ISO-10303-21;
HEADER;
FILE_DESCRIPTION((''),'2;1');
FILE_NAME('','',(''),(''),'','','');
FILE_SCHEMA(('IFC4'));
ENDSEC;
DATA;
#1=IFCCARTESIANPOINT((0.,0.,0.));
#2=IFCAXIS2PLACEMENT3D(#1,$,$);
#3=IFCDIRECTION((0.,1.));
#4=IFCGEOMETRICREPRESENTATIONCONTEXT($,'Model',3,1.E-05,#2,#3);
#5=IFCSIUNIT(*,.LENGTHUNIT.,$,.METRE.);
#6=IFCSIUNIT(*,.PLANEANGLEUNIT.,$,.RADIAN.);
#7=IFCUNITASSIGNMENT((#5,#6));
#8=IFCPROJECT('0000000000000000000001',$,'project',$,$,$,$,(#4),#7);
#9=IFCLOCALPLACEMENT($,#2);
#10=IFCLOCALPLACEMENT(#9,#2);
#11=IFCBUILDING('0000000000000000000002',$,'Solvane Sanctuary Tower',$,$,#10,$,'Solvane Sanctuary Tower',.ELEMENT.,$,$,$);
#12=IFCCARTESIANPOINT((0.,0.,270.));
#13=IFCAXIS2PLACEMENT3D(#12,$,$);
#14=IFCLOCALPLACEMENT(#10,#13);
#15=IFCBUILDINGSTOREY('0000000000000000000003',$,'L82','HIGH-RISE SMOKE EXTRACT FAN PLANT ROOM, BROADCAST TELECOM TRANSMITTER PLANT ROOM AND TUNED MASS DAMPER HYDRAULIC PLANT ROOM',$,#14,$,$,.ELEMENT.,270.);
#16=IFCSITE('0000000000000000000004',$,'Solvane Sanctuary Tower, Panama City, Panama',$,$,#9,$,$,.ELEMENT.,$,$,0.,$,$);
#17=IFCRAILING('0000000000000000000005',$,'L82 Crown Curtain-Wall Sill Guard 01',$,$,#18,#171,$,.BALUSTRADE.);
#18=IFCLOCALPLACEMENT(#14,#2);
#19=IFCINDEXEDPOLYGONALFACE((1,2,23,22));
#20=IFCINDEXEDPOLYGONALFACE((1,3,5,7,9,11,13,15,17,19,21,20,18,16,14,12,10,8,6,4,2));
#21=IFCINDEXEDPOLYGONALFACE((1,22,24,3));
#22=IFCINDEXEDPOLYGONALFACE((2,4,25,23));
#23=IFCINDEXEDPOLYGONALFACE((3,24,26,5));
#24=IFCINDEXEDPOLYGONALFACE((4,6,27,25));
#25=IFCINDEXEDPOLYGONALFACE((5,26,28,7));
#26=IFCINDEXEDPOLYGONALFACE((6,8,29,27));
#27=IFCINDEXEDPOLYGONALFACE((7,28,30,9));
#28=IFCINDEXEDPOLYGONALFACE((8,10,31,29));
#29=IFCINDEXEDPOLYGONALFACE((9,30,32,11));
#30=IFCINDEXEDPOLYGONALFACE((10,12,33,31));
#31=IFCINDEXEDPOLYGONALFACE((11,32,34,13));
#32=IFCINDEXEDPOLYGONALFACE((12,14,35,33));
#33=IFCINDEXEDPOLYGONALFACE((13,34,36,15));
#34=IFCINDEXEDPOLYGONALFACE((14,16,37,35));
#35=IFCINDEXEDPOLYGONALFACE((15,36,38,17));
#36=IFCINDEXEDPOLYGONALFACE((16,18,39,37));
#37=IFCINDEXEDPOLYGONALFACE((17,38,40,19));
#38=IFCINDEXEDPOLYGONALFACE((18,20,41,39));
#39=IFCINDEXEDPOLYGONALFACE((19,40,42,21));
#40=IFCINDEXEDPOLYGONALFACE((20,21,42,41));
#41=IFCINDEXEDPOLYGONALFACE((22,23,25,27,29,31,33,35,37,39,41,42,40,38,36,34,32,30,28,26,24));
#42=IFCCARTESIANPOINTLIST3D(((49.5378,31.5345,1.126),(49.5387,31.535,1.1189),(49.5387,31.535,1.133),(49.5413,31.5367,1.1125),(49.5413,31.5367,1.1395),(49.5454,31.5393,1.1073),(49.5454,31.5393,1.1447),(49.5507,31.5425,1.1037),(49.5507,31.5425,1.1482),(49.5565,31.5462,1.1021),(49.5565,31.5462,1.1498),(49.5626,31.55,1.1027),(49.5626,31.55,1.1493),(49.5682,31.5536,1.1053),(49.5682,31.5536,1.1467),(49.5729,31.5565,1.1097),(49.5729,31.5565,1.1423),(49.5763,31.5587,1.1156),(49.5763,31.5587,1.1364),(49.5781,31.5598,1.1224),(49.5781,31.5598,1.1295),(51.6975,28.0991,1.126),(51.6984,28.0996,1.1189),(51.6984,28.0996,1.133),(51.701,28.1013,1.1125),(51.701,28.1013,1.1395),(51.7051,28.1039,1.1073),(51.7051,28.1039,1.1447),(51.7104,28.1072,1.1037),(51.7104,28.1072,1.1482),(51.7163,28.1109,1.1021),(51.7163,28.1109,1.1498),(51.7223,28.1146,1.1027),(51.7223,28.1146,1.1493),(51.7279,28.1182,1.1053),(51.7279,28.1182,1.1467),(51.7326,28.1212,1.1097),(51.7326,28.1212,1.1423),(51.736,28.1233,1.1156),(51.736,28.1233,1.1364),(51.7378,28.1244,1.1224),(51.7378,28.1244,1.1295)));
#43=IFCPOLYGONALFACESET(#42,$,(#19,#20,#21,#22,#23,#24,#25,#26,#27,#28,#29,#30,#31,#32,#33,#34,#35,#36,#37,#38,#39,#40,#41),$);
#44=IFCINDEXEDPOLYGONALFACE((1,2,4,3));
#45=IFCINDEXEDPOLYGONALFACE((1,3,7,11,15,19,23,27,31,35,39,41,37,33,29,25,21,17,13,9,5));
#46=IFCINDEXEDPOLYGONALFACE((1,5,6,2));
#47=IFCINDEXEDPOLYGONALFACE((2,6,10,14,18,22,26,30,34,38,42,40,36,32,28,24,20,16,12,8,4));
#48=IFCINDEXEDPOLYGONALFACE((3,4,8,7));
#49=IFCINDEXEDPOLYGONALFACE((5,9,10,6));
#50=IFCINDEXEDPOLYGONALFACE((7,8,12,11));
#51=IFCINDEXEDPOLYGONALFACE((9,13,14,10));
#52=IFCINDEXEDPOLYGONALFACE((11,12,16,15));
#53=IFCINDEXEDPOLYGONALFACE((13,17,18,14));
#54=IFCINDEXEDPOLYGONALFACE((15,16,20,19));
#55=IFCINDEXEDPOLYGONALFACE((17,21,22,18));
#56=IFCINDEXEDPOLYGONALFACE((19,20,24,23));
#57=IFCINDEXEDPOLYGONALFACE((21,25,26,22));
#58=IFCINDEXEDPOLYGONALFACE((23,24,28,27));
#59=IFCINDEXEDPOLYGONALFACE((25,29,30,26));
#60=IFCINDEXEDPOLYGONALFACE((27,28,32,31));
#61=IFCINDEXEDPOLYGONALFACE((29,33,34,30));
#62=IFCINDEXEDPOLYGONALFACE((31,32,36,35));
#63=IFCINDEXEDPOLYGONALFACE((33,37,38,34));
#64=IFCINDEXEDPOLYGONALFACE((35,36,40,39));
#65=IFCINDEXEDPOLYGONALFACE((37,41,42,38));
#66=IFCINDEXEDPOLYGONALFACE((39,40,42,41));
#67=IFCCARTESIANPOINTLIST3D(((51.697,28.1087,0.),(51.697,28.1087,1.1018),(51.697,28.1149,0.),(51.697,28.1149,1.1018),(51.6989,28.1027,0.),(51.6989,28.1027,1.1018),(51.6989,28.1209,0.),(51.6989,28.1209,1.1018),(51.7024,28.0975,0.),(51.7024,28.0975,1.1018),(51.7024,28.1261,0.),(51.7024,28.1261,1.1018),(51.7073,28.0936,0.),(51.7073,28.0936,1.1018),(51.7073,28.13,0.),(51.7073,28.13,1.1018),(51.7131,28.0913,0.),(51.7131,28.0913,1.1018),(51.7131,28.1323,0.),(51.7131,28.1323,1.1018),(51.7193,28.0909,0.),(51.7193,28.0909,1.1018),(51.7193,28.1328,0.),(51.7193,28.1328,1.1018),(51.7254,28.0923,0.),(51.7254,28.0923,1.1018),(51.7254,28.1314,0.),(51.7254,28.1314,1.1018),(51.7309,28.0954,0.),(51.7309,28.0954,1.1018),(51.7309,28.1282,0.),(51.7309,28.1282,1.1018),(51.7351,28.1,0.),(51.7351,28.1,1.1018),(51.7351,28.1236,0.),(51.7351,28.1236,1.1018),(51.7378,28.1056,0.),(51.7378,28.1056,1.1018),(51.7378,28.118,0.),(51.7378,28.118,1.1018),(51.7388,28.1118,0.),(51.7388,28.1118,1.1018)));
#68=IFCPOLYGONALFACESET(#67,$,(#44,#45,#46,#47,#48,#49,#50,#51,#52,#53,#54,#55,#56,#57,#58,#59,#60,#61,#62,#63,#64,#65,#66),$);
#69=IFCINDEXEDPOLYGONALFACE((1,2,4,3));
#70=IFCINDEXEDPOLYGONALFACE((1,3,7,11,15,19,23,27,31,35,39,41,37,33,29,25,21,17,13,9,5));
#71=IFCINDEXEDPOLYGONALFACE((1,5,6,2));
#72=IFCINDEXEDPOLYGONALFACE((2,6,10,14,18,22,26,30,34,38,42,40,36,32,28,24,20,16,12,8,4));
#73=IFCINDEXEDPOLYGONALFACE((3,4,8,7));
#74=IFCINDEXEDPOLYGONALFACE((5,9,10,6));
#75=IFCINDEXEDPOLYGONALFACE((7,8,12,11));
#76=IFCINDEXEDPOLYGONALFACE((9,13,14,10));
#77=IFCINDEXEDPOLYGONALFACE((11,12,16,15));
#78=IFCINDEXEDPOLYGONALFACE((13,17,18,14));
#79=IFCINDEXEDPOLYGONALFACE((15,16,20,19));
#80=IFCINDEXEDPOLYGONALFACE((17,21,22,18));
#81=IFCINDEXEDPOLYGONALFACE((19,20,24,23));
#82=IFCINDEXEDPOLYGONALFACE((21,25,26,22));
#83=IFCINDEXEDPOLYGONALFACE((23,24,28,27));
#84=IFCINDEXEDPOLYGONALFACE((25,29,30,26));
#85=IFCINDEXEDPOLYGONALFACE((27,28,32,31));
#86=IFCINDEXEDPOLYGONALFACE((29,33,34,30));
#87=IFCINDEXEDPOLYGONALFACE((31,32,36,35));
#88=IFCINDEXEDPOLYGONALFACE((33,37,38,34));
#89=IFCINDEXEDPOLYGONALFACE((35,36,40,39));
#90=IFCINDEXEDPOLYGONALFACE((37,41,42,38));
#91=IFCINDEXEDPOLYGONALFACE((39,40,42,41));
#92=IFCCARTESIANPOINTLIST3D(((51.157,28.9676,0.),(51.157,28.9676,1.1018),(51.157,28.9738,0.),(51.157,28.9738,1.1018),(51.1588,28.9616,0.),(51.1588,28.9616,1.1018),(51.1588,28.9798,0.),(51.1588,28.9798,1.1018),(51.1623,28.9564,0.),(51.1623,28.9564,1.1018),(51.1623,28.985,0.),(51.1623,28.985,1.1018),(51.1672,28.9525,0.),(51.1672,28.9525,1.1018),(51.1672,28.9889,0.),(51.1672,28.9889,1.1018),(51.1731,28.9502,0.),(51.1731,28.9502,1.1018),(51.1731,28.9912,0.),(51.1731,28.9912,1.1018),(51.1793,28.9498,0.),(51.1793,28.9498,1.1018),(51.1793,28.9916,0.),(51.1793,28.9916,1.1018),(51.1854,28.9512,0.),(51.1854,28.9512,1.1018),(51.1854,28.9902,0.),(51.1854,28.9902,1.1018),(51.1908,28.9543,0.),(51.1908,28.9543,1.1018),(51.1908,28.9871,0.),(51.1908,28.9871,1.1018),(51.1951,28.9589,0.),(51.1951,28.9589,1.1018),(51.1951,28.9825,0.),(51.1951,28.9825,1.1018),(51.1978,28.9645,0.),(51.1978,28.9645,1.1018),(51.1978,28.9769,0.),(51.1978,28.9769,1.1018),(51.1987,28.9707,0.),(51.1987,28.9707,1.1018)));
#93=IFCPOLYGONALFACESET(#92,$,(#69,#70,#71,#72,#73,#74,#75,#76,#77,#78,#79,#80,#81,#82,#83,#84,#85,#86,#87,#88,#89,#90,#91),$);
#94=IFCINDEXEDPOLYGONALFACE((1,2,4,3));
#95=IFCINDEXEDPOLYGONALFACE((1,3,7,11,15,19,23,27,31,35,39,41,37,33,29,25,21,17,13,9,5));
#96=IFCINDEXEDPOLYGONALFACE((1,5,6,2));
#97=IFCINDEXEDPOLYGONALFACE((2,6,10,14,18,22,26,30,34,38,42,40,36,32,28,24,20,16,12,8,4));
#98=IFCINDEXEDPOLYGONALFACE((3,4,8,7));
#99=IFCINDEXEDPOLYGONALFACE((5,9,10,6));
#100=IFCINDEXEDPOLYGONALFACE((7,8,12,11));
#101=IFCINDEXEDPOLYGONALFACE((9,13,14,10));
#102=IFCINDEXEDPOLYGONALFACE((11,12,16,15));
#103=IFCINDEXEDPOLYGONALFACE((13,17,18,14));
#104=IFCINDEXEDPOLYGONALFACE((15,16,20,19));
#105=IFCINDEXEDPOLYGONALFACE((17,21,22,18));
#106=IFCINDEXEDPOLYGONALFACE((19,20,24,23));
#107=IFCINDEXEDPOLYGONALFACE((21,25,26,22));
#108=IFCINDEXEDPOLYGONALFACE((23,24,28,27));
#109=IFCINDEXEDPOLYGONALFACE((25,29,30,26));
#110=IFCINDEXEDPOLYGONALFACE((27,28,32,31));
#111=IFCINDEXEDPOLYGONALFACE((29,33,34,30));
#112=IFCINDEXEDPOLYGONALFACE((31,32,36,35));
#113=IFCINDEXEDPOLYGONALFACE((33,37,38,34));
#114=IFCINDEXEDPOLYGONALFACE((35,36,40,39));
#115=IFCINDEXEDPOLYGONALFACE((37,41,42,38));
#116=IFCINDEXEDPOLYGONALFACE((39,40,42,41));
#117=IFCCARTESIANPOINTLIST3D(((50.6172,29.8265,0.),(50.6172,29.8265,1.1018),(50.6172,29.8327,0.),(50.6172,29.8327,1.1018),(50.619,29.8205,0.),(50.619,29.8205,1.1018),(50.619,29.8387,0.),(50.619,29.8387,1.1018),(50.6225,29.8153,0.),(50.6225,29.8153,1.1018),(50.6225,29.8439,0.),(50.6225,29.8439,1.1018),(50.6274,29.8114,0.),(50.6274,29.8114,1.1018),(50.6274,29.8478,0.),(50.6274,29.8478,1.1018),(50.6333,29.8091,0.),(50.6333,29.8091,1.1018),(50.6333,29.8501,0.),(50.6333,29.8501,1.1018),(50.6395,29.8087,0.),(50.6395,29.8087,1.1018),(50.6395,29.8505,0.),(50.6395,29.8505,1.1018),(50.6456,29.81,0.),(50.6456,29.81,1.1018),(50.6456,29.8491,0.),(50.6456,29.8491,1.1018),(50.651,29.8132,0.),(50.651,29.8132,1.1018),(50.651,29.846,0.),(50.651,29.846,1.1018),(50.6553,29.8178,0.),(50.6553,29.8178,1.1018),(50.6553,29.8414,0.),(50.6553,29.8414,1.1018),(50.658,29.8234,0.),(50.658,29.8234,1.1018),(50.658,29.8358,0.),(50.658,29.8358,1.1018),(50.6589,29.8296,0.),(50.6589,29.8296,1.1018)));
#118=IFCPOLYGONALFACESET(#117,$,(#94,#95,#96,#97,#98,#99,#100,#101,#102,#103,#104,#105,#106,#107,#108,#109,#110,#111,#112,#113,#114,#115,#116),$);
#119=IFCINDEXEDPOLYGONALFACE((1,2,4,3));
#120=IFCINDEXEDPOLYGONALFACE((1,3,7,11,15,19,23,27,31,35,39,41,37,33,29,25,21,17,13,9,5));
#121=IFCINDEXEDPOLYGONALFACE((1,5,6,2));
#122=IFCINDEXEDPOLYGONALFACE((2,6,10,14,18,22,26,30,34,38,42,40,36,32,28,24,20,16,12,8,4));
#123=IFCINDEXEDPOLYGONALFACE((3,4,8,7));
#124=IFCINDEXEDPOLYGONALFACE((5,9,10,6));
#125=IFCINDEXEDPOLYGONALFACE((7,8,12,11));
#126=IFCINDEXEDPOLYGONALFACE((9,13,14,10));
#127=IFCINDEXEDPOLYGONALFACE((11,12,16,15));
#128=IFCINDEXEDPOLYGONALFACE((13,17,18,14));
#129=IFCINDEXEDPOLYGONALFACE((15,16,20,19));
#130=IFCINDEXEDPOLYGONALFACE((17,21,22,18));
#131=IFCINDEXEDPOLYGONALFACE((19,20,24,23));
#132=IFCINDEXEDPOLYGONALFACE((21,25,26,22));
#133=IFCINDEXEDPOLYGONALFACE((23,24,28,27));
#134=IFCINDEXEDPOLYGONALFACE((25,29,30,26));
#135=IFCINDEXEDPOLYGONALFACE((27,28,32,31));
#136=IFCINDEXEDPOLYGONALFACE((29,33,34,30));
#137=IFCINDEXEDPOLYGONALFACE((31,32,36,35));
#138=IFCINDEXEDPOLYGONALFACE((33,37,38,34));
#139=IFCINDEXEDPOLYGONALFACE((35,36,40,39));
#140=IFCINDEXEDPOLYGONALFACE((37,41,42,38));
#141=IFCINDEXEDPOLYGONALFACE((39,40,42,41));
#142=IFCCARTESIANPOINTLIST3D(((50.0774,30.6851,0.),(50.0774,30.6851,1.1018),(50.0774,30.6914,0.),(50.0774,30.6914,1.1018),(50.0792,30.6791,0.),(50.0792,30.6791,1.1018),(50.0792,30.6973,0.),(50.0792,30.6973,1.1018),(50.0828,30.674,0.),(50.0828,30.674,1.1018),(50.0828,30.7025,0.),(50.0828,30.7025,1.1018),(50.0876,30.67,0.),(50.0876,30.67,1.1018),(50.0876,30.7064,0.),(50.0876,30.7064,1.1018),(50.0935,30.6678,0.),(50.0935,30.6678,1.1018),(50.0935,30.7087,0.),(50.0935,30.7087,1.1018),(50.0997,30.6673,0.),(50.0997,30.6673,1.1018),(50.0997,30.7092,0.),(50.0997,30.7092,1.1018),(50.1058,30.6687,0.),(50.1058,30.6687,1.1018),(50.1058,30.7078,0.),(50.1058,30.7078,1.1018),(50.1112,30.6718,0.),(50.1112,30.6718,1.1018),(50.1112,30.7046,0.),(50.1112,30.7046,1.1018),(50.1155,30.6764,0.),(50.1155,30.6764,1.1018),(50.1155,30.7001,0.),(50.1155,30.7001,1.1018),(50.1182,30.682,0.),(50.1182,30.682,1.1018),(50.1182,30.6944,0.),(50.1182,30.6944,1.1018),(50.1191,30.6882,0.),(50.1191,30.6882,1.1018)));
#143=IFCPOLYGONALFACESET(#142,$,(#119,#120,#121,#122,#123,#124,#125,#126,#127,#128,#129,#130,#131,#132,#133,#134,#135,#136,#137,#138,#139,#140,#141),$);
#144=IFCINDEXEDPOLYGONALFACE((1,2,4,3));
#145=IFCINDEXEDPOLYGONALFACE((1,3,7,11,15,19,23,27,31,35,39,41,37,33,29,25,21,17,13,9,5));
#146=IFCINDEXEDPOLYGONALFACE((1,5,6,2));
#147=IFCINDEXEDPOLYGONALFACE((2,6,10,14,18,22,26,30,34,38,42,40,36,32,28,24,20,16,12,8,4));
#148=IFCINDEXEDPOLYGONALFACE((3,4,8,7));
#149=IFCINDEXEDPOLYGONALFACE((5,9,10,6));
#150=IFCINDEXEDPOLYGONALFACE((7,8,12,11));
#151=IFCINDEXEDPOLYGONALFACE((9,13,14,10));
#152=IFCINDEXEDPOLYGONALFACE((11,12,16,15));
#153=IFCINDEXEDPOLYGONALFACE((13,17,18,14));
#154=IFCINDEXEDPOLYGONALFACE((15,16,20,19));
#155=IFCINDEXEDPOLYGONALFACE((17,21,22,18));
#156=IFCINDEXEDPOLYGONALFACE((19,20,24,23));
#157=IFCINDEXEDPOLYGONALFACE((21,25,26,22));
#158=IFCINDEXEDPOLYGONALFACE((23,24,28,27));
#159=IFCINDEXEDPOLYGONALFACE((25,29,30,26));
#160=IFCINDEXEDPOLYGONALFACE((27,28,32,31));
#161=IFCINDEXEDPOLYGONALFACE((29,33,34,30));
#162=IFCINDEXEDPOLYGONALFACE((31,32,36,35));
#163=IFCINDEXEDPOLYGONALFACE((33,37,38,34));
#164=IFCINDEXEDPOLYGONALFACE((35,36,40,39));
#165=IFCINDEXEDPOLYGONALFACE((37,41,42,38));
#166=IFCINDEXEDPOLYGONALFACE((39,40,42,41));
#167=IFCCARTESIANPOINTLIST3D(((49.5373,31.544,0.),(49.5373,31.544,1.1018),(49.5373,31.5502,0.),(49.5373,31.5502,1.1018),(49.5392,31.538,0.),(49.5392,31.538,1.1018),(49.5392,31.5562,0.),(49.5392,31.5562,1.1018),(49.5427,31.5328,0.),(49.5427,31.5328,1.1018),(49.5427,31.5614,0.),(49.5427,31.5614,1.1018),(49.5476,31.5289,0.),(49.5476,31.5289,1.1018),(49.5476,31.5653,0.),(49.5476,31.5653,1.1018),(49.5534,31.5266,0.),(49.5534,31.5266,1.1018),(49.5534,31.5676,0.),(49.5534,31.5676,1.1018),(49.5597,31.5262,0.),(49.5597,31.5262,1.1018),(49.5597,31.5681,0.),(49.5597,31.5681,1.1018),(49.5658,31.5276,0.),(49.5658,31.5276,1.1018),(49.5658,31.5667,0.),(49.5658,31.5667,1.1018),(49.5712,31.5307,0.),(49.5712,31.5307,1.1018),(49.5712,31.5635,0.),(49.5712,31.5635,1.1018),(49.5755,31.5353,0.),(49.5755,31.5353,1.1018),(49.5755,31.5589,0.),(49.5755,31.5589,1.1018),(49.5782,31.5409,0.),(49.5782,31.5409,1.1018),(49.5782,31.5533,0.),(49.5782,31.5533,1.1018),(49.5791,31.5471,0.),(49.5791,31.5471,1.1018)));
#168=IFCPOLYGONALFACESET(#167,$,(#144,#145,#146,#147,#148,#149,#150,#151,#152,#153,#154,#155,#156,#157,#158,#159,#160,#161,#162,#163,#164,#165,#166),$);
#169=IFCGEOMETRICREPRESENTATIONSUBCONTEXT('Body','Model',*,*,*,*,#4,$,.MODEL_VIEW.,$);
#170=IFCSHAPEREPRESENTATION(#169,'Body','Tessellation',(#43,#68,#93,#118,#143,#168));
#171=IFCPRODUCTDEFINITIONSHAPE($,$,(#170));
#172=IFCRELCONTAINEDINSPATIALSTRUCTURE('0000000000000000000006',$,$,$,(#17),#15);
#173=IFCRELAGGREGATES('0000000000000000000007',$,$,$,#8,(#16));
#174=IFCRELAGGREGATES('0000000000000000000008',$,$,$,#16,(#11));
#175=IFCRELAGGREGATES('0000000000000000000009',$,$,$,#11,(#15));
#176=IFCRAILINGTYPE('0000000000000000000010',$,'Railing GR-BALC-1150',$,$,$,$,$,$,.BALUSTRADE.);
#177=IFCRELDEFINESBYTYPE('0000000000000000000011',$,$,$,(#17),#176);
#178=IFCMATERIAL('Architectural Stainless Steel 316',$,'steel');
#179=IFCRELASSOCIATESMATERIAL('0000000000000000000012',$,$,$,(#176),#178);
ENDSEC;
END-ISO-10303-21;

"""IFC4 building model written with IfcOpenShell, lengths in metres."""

from ifc_helpers import new_model, si_unit, direction, frame, origin, origin_2d, place, context, subcontext, project, spatial, circle, extrude, material, type_object, element, save


model = new_model("IFC4")

# Units and contexts
model_context = context("Model", 3, precision=1e-05, world=origin(), true_north=direction((0.0, 1.0)))
body_context = subcontext(model_context, "Body", "Model", "MODEL_VIEW")
ifc_project = project(units=[si_unit("LENGTHUNIT", "METRE"), si_unit("PLANEANGLEUNIT", "RADIAN")], contexts=[model_context])

# Site, building, storey
site_placement = place(None, origin())
site = spatial("IfcSite", under=ifc_project, at=site_placement, Name="Solvane Sanctuary Tower, Panama City, Panama", CompositionType="ELEMENT", RefElevation=0.0)
building_placement = place(site_placement, origin())
building = spatial("IfcBuilding", under=site, at=building_placement, Name="Solvane Sanctuary Tower", LongName="Solvane Sanctuary Tower", CompositionType="ELEMENT")
storey_placement = place(building_placement, frame((0.0, 0.0, 270.0)))
storey = spatial("IfcBuildingStorey", under=building, at=storey_placement, Name="L82", Description="HIGH-RISE SMOKE EXTRACT FAN PLANT ROOM, BROADCAST TELECOM TRANSMITTER PLANT ROOM AND TUNED MASS DAMPER HYDRAULIC PLANT ROOM", CompositionType="ELEMENT", Elevation=270.0)

# Shared definitions
ifc_material_1 = material(Name="Architectural Stainless Steel 316", Category="steel")

# Railing
railing_type_1 = type_object("IfcRailingType", Name="Railing GR-BALC-1150", PredefinedType="BALUSTRADE", material=ifc_material_1)
railing_1_placement = place(storey_placement, frame((51.7178, 28.1118, 0.0)))
element("IfcRailing", 1, at=railing_1_placement, inside=storey, type_object=railing_type_1, Name="L82 Crown Curtain-Wall Sill Guard 01", PredefinedType="BALUSTRADE", context=body_context, shape_type="SweptSolid", body=[
    extrude(circle(Radius=0.0239, at=origin_2d()), frame((0.0, 0.0, 1.126), z_axis=(-0.532231, 0.846599, 0.0), x_axis=(-0.846599, -0.532231, 0.0)), (0.0, 0.0, 1.0), 4.0579),
    extrude(circle(Radius=0.021, at=origin_2d()), origin(), (0.0, 0.0, 1.0), 1.1018),
    extrude(circle(Radius=0.021, at=origin_2d()), frame((-0.54, 0.8589, 0.0)), (0.0, 0.0, 1.0), 1.1018),
    extrude(circle(Radius=0.021, at=origin_2d()), frame((-1.0798, 1.7178, 0.0)), (0.0, 0.0, 1.0), 1.1018),
    extrude(circle(Radius=0.021, at=origin_2d()), frame((-1.6196, 2.5764, 0.0)), (0.0, 0.0, 1.0), 1.1018),
    extrude(circle(Radius=0.021, at=origin_2d()), frame((-2.1597, 3.4353, 0.0)), (0.0, 0.0, 1.0), 1.1018),
])

save(model, "model.ifc")
